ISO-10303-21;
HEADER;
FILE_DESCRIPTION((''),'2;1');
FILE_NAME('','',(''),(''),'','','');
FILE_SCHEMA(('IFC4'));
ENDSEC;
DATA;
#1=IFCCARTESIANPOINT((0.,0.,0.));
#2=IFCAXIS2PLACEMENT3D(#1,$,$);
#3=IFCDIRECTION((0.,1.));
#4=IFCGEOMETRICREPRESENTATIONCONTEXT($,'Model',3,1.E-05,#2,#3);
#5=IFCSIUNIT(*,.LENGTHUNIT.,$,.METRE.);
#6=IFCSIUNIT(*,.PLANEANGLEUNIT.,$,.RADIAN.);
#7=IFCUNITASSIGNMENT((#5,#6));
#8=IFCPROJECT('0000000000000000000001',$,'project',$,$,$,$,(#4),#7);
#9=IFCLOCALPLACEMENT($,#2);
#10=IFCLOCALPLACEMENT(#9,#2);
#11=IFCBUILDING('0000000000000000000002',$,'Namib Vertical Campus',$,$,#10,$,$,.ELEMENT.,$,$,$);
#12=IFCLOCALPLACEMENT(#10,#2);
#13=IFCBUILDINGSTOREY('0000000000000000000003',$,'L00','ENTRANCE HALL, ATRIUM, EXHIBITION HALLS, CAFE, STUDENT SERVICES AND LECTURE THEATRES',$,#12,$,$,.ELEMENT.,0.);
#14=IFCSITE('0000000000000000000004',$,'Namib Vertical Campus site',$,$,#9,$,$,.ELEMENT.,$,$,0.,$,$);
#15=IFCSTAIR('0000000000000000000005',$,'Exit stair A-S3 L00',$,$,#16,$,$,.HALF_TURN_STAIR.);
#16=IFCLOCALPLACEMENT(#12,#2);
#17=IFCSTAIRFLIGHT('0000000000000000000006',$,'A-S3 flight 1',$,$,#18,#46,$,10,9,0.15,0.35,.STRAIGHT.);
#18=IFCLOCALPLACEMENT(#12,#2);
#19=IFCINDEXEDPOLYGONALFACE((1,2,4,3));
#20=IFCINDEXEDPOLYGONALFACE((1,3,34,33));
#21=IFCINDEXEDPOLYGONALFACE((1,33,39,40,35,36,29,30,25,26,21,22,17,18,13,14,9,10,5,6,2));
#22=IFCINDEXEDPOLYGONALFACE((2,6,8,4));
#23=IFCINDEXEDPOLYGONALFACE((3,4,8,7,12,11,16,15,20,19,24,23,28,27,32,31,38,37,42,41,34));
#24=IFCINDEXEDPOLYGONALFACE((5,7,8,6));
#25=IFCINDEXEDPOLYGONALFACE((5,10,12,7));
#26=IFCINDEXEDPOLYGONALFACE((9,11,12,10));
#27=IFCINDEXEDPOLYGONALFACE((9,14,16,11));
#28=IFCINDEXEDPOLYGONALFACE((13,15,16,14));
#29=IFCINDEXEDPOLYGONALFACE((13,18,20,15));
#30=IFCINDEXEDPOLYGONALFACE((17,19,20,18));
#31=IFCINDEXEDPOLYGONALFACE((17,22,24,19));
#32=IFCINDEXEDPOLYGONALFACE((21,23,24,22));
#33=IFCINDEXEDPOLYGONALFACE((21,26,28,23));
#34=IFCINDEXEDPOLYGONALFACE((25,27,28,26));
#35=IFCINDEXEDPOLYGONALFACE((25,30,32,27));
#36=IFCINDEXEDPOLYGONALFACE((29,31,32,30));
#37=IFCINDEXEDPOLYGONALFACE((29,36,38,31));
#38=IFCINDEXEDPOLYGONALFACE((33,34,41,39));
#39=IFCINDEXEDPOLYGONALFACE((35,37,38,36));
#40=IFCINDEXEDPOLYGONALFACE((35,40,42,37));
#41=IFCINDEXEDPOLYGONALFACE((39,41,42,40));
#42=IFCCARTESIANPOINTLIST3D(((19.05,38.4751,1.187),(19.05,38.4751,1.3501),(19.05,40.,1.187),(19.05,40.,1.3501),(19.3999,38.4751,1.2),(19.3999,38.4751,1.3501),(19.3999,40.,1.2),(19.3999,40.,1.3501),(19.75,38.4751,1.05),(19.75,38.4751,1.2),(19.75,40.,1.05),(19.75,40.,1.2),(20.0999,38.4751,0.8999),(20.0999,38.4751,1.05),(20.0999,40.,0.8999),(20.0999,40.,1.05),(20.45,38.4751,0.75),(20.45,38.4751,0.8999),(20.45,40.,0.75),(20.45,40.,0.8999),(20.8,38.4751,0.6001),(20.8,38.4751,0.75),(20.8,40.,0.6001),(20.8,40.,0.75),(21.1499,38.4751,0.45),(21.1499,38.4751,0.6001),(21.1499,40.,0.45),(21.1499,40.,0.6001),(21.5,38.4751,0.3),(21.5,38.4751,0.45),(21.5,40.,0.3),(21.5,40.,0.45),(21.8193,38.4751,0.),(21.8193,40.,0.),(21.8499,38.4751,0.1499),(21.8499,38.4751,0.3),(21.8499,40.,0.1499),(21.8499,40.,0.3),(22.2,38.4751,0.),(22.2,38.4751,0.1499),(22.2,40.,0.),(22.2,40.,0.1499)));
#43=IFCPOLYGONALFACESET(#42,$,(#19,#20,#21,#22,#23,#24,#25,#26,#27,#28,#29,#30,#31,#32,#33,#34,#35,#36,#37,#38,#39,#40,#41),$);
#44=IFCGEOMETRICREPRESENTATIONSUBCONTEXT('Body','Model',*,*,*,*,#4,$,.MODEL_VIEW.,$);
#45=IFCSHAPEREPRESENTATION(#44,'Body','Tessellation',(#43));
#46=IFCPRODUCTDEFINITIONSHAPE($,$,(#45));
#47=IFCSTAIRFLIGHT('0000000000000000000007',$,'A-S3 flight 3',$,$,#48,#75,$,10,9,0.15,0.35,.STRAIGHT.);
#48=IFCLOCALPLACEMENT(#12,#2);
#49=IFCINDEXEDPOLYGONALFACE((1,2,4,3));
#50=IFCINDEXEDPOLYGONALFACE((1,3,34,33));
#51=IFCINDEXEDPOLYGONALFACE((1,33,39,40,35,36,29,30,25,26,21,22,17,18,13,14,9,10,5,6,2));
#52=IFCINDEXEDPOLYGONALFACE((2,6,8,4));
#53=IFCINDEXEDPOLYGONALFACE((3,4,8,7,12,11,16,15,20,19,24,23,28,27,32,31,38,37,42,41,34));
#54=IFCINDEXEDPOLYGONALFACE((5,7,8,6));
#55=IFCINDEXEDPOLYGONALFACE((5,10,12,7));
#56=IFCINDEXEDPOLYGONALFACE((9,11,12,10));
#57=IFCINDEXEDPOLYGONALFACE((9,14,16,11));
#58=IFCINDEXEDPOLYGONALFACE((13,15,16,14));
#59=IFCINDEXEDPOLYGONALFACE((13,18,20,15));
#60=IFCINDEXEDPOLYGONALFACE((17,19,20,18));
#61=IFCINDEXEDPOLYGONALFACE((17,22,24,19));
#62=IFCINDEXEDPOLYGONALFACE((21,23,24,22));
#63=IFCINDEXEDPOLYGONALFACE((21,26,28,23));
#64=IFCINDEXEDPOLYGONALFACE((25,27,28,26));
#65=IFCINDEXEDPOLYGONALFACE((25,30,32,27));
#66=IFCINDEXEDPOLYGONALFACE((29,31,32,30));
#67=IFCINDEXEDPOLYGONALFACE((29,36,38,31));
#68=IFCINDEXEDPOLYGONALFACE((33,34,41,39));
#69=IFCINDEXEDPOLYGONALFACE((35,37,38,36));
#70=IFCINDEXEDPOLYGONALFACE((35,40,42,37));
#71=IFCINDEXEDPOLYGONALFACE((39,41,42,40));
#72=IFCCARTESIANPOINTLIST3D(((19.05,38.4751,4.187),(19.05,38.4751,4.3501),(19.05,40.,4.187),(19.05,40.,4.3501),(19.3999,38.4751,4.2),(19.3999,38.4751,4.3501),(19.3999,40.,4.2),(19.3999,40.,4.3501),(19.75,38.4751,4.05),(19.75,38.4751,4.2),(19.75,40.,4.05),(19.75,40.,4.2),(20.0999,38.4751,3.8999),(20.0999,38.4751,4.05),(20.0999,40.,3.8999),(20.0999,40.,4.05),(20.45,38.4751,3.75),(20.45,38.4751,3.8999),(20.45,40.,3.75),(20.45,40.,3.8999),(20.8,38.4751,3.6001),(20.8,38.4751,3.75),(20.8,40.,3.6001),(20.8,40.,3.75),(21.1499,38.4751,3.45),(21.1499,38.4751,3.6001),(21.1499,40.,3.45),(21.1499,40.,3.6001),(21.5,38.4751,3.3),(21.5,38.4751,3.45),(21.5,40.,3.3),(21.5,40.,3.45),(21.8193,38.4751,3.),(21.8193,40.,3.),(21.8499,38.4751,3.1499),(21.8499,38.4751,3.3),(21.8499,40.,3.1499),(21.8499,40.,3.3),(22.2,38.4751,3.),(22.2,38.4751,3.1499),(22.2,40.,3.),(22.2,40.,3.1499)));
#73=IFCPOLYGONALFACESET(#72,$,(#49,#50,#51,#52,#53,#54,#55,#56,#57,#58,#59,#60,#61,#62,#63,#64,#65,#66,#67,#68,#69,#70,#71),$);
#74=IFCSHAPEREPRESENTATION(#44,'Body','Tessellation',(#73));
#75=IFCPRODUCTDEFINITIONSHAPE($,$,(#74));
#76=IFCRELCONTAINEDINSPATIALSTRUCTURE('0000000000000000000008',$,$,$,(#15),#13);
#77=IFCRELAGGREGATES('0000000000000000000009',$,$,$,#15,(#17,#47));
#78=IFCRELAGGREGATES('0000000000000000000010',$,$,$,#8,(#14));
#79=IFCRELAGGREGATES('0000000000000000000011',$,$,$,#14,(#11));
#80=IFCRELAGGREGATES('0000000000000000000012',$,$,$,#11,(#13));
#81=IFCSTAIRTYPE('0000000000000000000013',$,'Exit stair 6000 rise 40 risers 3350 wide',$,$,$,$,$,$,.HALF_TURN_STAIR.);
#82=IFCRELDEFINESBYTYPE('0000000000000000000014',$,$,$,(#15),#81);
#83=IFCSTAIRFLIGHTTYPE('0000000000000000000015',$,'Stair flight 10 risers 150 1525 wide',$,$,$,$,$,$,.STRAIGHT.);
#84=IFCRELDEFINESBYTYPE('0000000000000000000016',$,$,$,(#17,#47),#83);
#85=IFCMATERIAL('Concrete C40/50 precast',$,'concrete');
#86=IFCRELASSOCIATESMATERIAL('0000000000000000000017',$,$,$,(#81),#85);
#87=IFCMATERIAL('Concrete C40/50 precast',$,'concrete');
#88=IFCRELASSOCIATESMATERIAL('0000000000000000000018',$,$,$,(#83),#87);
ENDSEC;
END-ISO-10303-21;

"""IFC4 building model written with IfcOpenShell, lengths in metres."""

from ifc_helpers import new_model, si_unit, direction, frame, origin, place, context, subcontext, project, spatial, polyline, outline, extrude, material, type_object, element, aggregate, save


model = new_model("IFC4")

# Units and contexts
model_context = context("Model", 3, precision=1e-05, world=origin(), true_north=direction((0.0, 1.0)))
body_context = subcontext(model_context, "Body", "Model", "MODEL_VIEW")
ifc_project = project(units=[si_unit("LENGTHUNIT", "METRE"), si_unit("PLANEANGLEUNIT", "RADIAN")], contexts=[model_context])

# Site, building, storey
site_placement = place(None, origin())
site = spatial("IfcSite", under=ifc_project, at=site_placement, Name="Namib Vertical Campus site", CompositionType="ELEMENT", RefElevation=0.0)
building_placement = place(site_placement, origin())
building = spatial("IfcBuilding", under=site, at=building_placement, Name="Namib Vertical Campus", CompositionType="ELEMENT")
storey_placement = place(building_placement, origin())
storey = spatial("IfcBuildingStorey", under=building, at=storey_placement, Name="L00", Description="ENTRANCE HALL, ATRIUM, EXHIBITION HALLS, CAFE, STUDENT SERVICES AND LECTURE THEATRES", CompositionType="ELEMENT", Elevation=0.0)

# Stair, stair flights
ifc_material_1 = material(Name="Concrete C40/50 precast", Category="concrete")
stair_type = type_object("IfcStairType", Name="Exit stair 6000 rise 40 risers 3350 wide", PredefinedType="HALF_TURN_STAIR", material=ifc_material_1)
stair_placement = place(storey_placement, origin())
stair = element("IfcStair", 1, at=stair_placement, inside=storey, type_object=stair_type, Name="Exit stair A-S3 L00", PredefinedType="HALF_TURN_STAIR")
ifc_material_2 = material(Name="Concrete C40/50 precast", Category="concrete")
stair_flight_type = type_object("IfcStairFlightType", Name="Stair flight 10 risers 150 1525 wide", PredefinedType="STRAIGHT", material=ifc_material_2)
stair_flight_1_placement = place(storey_placement, frame((22.2, 39.2375, 0.0), z_axis=(0.0, 0.0, 1.0), x_axis=(-1.0, 0.0, 0.0)))
stair_flight_1 = element("IfcStairFlight", 2, at=stair_flight_1_placement, type_object=stair_flight_type, Name="A-S3 flight 1", NumberOfRisers=10, NumberOfTreads=9, PredefinedType="STRAIGHT", RiserHeight=0.15, TreadLength=0.35, context=body_context, shape_type="SweptSolid", body=[
    extrude(outline(polyline([(0.0, 0.0), (0.0, 0.1499), (0.3501, 0.1499), (0.3501, 0.3), (0.7, 0.3), (0.7, 0.45), (1.05, 0.45), (1.05, 0.6001), (1.3999, 0.6001), (1.3999, 0.75), (1.75, 0.75), (1.75, 0.8999), (2.1001, 0.8999), (2.1001, 1.05), (2.45, 1.05), (2.45, 1.2), (2.8, 1.2), (2.8, 1.3501), (3.1499, 1.3501), (3.1499, 1.5), (3.1499, 1.187), (0.3806, 0.0), (0.0, 0.0)])), frame((0.0, 0.7625, 0.0), z_axis=(0.0, -1.0, 0.0), x_axis=(1.0, 0.0, 0.0)), (0.0, 0.0, 1.0), 1.5249),
])
stair_flight_2_placement = place(storey_placement, frame((22.2, 39.2375, 3.0), z_axis=(0.0, 0.0, 1.0), x_axis=(-1.0, 0.0, 0.0)))
stair_flight_2 = element("IfcStairFlight", 3, at=stair_flight_2_placement, type_object=stair_flight_type, Name="A-S3 flight 3", NumberOfRisers=10, NumberOfTreads=9, PredefinedType="STRAIGHT", RiserHeight=0.15, TreadLength=0.35, context=body_context, shape_type="SweptSolid", body=[
    extrude(outline(polyline([(0.0, 0.0), (0.0, 0.1499), (0.3501, 0.1499), (0.3501, 0.3), (0.7, 0.3), (0.7, 0.45), (1.05, 0.45), (1.05, 0.6001), (1.3999, 0.6001), (1.3999, 0.75), (1.75, 0.75), (1.75, 0.8999), (2.1001, 0.8999), (2.1001, 1.05), (2.45, 1.05), (2.45, 1.2), (2.8, 1.2), (2.8, 1.3501), (3.1499, 1.3501), (3.1499, 1.5), (3.1499, 1.187), (0.3806, 0.0), (0.0, 0.0)])), frame((0.0, 0.7625, 0.0), z_axis=(0.0, -1.0, 0.0), x_axis=(1.0, 0.0, 0.0)), (0.0, 0.0, 1.0), 1.5249),
])
aggregate(stair, [stair_flight_1, stair_flight_2])

save(model, "model.ifc")
